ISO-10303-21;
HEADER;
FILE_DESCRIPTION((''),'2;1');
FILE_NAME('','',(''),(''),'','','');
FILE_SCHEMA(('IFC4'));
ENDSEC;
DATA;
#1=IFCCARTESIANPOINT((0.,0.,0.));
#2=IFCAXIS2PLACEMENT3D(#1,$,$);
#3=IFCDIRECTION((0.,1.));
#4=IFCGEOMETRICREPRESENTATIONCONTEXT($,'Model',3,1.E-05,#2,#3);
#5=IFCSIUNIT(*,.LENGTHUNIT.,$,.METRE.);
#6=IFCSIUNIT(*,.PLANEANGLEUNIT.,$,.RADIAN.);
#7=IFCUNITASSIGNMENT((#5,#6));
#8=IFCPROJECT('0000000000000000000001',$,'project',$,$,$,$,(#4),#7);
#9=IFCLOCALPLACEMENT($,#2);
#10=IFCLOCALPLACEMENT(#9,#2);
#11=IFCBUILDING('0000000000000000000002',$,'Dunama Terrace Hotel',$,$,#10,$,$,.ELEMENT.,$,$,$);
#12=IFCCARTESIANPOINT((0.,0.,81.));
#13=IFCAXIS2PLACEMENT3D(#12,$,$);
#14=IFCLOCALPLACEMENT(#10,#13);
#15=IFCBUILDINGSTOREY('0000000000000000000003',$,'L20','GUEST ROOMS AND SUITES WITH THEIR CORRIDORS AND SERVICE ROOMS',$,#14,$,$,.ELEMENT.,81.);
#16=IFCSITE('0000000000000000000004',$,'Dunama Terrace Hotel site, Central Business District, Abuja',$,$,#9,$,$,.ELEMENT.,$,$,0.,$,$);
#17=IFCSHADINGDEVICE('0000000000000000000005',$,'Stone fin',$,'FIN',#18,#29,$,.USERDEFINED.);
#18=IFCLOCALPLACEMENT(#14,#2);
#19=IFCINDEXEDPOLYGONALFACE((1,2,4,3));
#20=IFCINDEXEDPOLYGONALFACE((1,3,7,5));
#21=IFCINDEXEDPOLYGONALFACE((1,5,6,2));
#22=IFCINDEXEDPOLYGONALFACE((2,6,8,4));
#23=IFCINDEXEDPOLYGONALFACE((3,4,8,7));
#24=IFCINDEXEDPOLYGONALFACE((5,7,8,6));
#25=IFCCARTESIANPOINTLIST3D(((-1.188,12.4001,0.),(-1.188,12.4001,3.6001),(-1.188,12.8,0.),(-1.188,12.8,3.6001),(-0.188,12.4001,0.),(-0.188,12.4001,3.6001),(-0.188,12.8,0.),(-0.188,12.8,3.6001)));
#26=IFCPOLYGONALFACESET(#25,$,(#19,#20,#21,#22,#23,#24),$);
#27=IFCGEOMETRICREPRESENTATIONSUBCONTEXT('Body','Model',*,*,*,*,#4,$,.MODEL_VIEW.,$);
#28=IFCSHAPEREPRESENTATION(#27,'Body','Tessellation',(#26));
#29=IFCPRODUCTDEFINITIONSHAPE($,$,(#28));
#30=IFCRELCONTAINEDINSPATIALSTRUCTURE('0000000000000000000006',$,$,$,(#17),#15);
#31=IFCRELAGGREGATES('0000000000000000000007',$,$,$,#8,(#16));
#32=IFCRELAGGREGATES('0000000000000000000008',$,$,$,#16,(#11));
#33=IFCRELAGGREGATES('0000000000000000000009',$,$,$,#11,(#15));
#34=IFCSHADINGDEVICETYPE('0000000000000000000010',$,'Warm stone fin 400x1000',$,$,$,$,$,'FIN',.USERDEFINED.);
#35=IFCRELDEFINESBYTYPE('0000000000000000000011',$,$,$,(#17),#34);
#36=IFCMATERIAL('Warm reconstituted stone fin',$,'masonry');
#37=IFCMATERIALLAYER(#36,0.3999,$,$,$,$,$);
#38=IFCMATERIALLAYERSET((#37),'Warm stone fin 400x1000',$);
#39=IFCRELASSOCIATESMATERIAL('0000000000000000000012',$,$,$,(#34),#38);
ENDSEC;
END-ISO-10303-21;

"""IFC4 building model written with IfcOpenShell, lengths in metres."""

from ifc_helpers import new_model, si_unit, direction, frame, origin, origin_2d, place, context, subcontext, project, spatial, rectangle, extrude, material, layer, layer_set, type_object, element, save


model = new_model("IFC4")

# Units and contexts
model_context = context("Model", 3, precision=1e-05, world=origin(), true_north=direction((0.0, 1.0)))
body_context = subcontext(model_context, "Body", "Model", "MODEL_VIEW")
ifc_project = project(units=[si_unit("LENGTHUNIT", "METRE"), si_unit("PLANEANGLEUNIT", "RADIAN")], contexts=[model_context])

# Site, building, storey
site_placement = place(None, origin())
site = spatial("IfcSite", under=ifc_project, at=site_placement, Name="Dunama Terrace Hotel site, Central Business District, Abuja", CompositionType="ELEMENT", RefElevation=0.0)
building_placement = place(site_placement, origin())
building = spatial("IfcBuilding", under=site, at=building_placement, Name="Dunama Terrace Hotel", CompositionType="ELEMENT")
storey_placement = place(building_placement, frame((0.0, 0.0, 81.0)))
storey = spatial("IfcBuildingStorey", under=building, at=storey_placement, Name="L20", Description="GUEST ROOMS AND SUITES WITH THEIR CORRIDORS AND SERVICE ROOMS", CompositionType="ELEMENT", Elevation=81.0)

# Shading device
ifc_material_1 = material(Name="Warm reconstituted stone fin", Category="masonry")
ifc_layer_1 = layer(ifc_material_1, 0.3999)
ifc_layer_set_1 = layer_set([ifc_layer_1], Name="Warm stone fin 400x1000")
shading_device_type = type_object("IfcShadingDeviceType", Name="Warm stone fin 400x1000", ElementType="FIN", PredefinedType="USERDEFINED", material=ifc_layer_set_1)
for number, where, z_axis, x_axis, name in (
    (1, (-0.688, 12.6001, 0.0), (0.0, 0.0, 1.0), (0.0, -1.0, 0.0), "Stone fin"),
):
    element("IfcShadingDevice", number, at=place(storey_placement, frame(where, z_axis=z_axis, x_axis=x_axis)), inside=storey, type_object=shading_device_type, Name=name, ObjectType="FIN", PredefinedType="USERDEFINED", context=body_context, shape_type="SweptSolid", body=[
        extrude(rectangle(XDim=0.3999, YDim=1.0, at=origin_2d()), origin(), (0.0, 0.0, 1.0), 3.6001),
    ])

save(model, "model.ifc")
